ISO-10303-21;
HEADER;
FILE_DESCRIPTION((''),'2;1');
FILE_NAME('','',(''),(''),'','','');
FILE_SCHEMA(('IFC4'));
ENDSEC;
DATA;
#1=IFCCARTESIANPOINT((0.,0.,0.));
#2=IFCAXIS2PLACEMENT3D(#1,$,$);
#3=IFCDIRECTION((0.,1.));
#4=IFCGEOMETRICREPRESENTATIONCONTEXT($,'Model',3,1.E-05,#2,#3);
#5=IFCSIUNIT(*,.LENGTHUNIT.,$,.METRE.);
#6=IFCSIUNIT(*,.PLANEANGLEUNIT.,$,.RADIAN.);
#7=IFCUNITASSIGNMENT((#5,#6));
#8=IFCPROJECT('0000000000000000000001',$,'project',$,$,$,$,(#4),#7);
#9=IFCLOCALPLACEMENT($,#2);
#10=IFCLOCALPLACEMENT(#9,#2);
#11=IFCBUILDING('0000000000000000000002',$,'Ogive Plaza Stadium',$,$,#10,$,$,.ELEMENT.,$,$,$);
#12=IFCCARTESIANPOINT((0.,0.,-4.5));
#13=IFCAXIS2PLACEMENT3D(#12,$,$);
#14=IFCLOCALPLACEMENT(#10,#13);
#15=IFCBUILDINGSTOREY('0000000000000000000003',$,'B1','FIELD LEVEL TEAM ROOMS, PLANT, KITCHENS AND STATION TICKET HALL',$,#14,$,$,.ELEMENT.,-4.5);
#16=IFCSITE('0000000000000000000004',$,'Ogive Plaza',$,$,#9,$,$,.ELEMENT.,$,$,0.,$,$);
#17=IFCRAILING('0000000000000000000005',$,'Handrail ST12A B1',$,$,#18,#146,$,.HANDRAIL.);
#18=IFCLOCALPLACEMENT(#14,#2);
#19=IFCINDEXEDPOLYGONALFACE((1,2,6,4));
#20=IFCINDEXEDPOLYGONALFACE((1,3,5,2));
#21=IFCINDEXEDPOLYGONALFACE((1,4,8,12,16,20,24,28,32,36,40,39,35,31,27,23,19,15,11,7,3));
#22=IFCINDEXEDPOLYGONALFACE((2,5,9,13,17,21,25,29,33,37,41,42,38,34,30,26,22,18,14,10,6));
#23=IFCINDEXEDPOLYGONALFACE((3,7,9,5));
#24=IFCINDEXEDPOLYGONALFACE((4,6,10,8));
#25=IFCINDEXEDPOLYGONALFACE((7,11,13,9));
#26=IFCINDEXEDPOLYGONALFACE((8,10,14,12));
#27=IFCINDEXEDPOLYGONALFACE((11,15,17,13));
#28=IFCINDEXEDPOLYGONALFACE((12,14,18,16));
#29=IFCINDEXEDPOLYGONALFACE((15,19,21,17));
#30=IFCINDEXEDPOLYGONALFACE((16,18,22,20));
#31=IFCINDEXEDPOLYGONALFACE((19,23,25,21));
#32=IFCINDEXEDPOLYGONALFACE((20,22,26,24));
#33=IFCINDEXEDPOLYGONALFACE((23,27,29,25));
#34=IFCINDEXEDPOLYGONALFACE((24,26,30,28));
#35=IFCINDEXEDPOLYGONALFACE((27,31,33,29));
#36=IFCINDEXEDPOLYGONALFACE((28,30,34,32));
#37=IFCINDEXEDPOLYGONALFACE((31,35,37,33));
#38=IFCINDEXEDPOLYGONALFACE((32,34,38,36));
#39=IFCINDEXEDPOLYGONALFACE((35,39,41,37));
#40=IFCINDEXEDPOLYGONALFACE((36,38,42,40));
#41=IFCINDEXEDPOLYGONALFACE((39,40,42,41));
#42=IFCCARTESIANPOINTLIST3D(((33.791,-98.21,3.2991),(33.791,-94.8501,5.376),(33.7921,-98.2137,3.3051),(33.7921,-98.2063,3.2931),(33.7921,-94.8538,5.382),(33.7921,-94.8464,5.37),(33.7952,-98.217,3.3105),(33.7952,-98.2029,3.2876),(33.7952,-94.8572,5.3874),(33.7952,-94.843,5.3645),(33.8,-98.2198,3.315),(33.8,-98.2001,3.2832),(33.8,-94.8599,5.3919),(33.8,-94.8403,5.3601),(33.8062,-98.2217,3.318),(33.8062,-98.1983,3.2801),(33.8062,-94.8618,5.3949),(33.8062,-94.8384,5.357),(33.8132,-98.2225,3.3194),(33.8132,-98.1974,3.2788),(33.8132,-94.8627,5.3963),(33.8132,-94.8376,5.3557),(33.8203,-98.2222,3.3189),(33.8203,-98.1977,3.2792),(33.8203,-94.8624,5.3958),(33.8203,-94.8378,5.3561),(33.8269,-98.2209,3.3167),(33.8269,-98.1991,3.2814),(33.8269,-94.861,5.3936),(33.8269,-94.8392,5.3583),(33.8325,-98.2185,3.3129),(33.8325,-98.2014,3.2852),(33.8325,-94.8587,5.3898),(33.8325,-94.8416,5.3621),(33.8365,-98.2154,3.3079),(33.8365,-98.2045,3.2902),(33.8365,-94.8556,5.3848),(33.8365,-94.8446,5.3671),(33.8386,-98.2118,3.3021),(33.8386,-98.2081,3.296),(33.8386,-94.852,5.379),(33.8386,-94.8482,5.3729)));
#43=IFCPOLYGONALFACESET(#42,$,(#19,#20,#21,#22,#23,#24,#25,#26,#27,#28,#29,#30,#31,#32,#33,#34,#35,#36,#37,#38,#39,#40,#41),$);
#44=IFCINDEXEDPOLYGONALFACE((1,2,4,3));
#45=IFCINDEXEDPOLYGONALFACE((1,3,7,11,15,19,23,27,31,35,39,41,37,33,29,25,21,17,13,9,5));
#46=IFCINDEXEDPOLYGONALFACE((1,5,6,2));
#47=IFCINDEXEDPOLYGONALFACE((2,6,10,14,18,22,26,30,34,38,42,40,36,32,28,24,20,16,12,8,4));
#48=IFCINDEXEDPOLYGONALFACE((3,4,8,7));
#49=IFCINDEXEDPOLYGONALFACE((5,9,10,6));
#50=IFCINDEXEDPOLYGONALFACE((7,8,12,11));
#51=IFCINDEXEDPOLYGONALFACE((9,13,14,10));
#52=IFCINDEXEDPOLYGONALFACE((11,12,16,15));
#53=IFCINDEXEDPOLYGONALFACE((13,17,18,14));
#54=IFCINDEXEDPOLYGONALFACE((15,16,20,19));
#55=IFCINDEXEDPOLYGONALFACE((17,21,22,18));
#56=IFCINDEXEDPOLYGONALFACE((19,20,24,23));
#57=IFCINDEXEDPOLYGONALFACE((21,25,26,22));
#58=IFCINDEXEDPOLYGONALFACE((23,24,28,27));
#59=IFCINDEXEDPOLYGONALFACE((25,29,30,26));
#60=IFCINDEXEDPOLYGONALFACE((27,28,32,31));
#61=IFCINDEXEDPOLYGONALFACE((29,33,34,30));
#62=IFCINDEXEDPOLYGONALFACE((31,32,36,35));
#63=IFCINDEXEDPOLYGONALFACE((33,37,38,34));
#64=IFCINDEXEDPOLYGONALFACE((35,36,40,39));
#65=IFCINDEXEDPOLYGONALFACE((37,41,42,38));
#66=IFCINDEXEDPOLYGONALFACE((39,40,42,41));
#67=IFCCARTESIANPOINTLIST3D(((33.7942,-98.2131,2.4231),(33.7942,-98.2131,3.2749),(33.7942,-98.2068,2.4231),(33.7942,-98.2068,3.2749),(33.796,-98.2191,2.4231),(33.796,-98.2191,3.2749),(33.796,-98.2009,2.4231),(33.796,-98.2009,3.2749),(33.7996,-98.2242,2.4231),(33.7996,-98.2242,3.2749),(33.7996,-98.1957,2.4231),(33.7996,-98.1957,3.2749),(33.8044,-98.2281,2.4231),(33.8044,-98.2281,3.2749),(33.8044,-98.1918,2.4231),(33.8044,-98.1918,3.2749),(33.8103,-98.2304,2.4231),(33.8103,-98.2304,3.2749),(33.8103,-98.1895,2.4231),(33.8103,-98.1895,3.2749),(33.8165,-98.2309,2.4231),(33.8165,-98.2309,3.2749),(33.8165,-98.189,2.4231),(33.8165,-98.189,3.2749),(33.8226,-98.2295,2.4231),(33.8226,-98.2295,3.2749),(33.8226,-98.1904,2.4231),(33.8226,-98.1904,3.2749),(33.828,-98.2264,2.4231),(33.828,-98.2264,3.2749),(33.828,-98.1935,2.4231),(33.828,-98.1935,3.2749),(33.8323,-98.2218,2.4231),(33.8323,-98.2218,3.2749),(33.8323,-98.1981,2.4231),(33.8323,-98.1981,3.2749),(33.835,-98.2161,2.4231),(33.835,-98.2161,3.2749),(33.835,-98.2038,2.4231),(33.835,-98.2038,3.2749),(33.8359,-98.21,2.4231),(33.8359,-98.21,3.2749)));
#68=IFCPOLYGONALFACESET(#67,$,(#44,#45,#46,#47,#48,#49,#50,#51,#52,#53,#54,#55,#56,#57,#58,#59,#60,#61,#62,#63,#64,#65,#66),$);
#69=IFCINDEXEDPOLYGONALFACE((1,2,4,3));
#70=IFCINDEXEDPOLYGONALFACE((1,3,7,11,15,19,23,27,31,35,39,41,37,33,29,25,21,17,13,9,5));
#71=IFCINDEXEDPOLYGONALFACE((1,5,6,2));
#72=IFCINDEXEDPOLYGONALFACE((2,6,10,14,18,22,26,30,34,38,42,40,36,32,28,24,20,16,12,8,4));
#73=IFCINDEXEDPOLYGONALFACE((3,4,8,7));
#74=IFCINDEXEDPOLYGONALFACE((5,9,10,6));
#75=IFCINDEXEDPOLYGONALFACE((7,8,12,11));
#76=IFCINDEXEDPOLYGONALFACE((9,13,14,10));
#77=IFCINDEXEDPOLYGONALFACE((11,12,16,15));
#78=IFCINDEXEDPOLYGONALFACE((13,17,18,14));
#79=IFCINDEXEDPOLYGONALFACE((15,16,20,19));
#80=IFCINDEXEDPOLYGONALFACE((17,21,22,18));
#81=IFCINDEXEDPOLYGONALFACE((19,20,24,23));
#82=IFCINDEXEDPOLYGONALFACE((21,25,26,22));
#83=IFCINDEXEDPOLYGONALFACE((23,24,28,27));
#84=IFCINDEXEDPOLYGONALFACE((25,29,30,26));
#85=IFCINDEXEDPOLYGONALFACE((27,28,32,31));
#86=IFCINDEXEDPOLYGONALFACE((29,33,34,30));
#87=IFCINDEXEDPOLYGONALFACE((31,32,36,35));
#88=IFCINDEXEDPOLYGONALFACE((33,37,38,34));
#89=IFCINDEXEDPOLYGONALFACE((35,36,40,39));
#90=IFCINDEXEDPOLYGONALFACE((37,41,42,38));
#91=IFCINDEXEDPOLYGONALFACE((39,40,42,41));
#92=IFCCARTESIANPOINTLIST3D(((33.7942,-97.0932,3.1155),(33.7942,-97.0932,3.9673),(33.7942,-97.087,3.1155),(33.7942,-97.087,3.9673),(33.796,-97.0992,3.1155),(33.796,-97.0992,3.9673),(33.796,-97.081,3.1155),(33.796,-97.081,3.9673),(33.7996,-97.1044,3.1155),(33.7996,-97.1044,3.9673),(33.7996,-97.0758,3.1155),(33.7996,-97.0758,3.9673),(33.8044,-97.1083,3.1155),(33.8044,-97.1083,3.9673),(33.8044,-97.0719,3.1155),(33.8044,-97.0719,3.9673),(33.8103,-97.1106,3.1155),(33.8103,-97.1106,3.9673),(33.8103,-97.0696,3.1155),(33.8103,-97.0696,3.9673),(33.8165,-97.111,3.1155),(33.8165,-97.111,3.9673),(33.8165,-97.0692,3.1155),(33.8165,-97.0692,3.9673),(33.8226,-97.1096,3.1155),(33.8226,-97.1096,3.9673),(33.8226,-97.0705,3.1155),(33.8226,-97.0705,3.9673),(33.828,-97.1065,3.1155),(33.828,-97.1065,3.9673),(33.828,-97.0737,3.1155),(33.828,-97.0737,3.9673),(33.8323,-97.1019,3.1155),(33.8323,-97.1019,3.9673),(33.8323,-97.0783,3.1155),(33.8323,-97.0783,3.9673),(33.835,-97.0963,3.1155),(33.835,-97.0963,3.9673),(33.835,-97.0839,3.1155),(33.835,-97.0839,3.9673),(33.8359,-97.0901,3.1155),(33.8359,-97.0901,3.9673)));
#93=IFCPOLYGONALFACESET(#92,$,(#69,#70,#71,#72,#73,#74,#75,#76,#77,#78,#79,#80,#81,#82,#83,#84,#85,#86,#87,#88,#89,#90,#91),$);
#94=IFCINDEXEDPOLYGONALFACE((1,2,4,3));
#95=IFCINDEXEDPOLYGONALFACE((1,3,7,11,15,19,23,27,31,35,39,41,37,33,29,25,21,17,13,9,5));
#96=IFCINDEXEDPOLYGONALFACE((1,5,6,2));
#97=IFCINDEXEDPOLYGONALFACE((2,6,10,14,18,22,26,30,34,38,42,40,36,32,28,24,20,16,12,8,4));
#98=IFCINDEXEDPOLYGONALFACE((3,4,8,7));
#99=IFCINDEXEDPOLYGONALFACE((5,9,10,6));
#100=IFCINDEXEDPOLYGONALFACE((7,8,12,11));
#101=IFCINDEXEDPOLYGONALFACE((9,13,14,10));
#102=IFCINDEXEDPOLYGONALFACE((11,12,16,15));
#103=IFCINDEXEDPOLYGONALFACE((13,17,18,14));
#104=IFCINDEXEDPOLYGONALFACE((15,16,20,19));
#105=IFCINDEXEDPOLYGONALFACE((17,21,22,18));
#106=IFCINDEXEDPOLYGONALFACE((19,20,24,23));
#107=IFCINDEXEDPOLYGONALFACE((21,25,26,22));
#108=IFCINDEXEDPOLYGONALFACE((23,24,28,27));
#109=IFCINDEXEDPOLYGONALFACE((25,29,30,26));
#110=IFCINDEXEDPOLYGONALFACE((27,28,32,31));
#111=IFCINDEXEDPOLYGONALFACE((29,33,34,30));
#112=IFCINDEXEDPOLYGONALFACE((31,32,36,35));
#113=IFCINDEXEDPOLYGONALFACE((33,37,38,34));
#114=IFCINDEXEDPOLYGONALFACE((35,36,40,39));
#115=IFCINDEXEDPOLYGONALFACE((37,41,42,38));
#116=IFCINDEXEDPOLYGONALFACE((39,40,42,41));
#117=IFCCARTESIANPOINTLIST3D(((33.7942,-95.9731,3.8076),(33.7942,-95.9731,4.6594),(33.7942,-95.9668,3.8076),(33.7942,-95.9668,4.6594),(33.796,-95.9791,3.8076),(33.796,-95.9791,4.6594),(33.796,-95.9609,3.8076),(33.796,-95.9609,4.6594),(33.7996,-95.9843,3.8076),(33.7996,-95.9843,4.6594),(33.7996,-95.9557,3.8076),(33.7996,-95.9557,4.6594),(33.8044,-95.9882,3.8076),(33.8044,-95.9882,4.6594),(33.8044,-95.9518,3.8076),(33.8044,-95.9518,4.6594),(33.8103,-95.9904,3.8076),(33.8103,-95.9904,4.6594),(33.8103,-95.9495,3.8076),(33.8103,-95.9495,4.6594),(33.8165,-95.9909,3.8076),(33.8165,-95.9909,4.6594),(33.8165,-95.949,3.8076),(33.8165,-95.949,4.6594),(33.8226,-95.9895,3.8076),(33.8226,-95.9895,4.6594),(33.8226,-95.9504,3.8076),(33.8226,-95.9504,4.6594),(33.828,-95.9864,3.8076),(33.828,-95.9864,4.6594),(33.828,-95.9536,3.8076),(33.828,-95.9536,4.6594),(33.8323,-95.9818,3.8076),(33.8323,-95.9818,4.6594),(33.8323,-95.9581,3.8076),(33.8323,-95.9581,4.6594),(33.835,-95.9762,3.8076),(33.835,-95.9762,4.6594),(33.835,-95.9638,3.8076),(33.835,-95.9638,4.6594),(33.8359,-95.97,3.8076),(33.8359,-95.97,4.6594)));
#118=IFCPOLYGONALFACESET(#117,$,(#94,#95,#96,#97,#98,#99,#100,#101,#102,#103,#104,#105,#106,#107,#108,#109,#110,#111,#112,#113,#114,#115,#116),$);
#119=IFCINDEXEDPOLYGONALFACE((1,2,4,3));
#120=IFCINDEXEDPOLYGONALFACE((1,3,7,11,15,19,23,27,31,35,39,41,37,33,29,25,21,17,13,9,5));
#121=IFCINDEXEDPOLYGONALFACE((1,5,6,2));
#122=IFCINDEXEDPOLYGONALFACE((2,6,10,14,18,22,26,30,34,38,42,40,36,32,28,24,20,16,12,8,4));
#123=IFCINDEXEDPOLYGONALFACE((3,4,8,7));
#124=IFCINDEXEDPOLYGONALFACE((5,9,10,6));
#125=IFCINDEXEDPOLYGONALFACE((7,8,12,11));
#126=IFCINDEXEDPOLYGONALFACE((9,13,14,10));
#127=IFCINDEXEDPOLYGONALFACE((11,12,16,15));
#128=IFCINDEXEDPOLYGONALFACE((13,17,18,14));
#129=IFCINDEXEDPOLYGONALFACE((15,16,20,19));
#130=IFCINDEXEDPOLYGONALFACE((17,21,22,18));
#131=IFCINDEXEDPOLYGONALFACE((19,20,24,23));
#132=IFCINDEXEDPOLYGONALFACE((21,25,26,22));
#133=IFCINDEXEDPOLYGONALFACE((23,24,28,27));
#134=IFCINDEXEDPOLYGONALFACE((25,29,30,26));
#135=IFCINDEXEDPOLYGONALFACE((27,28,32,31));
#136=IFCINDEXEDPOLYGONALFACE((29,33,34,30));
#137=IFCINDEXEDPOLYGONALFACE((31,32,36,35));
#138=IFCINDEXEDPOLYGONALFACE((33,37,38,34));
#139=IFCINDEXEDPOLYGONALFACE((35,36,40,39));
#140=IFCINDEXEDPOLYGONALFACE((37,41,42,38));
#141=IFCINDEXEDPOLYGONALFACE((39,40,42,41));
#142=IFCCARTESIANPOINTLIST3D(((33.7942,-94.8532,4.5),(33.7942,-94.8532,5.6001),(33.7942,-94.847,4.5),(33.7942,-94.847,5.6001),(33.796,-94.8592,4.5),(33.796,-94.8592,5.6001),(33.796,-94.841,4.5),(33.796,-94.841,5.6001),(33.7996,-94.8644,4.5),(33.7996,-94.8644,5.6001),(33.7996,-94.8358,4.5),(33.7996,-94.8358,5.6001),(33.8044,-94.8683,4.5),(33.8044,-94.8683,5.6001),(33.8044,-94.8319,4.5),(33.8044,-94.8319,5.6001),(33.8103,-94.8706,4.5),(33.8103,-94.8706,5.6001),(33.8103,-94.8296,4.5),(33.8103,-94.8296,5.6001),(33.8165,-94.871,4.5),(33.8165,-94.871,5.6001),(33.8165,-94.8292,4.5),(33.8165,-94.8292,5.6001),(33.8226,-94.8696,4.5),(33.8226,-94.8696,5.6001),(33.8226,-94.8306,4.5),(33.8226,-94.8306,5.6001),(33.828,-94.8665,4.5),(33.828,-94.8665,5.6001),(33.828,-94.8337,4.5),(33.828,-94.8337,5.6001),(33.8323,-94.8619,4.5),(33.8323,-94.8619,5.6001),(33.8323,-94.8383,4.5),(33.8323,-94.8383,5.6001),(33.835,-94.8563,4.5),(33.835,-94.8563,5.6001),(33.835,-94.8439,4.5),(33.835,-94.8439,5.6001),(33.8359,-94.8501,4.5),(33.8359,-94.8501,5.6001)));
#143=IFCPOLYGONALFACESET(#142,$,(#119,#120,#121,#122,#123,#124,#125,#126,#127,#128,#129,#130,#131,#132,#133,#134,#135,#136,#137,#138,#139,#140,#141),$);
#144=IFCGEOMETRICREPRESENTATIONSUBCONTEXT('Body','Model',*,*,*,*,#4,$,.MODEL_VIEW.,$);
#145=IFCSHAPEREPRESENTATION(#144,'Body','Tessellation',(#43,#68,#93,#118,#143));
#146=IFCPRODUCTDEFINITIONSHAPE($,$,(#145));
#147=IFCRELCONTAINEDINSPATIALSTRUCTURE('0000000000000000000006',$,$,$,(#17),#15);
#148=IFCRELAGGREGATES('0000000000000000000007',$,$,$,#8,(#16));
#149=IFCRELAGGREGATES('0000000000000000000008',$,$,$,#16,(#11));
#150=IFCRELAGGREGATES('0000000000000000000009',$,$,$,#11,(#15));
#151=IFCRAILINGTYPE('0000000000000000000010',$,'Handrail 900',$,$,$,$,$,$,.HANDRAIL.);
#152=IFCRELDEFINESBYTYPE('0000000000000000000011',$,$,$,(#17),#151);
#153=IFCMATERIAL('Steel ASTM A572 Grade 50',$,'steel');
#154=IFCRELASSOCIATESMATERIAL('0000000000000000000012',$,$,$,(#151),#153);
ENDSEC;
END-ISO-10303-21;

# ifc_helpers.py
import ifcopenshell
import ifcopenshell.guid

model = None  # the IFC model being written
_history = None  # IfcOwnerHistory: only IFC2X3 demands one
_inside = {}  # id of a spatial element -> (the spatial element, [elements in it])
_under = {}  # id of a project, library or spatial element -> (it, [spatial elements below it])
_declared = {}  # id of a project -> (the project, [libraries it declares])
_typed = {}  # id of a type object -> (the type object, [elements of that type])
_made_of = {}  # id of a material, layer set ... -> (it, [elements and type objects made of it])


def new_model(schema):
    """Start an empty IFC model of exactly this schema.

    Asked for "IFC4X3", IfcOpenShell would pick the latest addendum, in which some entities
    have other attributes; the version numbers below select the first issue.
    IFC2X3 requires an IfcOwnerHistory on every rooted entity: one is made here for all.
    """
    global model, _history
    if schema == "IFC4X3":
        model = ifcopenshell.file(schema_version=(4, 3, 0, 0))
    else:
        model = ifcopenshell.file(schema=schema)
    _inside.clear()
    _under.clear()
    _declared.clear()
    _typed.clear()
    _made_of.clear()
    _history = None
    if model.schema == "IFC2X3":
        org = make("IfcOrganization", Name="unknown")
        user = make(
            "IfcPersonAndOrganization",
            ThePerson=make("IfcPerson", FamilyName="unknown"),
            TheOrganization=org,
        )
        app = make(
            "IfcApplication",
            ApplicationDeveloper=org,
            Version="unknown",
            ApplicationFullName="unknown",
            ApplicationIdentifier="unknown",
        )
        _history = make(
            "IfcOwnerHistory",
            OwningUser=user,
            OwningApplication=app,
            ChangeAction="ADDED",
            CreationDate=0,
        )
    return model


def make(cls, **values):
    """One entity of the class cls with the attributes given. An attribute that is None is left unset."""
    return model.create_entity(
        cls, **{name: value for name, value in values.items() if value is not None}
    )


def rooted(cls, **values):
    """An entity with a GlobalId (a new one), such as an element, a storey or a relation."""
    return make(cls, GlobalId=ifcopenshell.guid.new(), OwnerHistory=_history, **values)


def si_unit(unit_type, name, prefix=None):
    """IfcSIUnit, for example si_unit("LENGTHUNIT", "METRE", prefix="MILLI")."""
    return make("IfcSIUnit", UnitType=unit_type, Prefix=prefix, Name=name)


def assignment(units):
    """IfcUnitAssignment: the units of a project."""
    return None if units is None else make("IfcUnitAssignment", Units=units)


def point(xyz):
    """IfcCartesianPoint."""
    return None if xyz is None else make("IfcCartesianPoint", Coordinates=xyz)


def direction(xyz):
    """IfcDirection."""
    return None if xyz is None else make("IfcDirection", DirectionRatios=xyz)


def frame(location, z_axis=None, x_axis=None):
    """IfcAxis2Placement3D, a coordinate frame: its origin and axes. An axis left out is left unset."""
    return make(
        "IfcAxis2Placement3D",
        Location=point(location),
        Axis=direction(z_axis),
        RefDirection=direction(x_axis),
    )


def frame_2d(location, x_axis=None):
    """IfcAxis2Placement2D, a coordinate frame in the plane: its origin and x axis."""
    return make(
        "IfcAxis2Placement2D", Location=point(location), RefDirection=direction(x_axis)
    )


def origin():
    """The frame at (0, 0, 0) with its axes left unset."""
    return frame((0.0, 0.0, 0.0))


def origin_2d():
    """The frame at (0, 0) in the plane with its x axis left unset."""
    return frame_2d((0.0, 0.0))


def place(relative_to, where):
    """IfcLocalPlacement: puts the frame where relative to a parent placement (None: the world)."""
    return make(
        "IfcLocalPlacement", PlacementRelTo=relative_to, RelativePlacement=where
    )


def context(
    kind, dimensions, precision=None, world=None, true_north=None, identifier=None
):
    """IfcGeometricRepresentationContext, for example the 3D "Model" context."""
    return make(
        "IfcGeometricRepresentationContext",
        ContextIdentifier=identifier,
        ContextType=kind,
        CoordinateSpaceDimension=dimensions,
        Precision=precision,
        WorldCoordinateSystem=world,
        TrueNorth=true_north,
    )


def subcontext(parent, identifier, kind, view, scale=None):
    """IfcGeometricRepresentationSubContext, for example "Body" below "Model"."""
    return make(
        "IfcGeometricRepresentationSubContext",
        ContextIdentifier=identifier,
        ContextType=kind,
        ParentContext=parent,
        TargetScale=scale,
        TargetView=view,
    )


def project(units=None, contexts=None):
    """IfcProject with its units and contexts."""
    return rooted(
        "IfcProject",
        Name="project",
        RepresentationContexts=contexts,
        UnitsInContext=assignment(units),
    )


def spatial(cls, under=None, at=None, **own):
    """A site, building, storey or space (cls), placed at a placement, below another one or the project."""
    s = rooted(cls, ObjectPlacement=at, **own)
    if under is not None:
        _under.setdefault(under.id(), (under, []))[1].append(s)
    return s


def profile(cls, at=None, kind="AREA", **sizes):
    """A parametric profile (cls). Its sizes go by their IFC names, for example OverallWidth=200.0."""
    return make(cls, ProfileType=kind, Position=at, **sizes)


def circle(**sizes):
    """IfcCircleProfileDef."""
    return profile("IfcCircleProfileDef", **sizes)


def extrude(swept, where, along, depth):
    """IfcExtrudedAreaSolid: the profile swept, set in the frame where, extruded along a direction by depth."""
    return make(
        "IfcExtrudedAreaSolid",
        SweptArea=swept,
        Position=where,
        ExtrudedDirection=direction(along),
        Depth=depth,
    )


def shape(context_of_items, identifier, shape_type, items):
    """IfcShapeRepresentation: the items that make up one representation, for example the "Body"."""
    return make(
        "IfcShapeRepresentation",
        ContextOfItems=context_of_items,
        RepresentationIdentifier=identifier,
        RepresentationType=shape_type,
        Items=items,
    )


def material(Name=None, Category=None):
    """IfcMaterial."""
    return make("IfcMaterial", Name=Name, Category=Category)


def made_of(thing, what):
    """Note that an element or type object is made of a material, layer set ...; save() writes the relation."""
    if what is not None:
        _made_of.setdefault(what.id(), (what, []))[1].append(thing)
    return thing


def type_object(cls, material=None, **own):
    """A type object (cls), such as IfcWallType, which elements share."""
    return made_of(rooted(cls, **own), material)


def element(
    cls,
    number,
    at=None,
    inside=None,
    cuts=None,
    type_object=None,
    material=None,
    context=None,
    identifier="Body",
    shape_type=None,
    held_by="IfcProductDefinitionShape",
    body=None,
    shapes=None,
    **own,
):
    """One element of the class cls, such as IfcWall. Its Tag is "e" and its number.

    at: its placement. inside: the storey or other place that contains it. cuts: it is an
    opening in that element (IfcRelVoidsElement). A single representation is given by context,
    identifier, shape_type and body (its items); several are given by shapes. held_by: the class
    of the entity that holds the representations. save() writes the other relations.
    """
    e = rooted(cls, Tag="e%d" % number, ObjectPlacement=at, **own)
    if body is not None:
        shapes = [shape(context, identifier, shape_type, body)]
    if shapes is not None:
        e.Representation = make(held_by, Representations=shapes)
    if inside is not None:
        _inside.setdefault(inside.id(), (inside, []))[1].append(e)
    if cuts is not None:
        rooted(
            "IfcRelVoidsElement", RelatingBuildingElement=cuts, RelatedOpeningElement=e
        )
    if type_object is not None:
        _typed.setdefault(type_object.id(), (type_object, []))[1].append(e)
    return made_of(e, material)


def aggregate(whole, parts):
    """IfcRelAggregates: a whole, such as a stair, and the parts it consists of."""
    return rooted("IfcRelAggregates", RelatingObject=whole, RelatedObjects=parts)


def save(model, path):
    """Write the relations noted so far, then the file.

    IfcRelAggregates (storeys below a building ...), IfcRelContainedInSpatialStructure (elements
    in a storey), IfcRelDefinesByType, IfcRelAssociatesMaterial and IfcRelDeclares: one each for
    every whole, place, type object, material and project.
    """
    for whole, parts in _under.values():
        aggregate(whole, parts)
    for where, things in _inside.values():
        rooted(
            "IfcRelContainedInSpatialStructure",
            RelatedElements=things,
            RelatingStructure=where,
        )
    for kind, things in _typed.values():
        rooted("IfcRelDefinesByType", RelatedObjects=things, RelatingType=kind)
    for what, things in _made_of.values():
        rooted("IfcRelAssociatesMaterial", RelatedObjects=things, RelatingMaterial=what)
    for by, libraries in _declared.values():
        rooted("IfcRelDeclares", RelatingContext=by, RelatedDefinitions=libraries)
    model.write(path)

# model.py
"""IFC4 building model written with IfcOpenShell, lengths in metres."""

from ifc_helpers import new_model, si_unit, direction, frame, origin, origin_2d, place, context, subcontext, project, spatial, circle, extrude, material, type_object, element, save


model = new_model("IFC4")

# Units and contexts
model_context = context("Model", 3, precision=1e-05, world=origin(), true_north=direction((0.0, 1.0)))
body_context = subcontext(model_context, "Body", "Model", "MODEL_VIEW")
ifc_project = project(units=[si_unit("LENGTHUNIT", "METRE"), si_unit("PLANEANGLEUNIT", "RADIAN")], contexts=[model_context])

# Site, building, storey
site_placement = place(None, origin())
site = spatial("IfcSite", under=ifc_project, at=site_placement, Name="Ogive Plaza", CompositionType="ELEMENT", RefElevation=0.0)
building_placement = place(site_placement, origin())
building = spatial("IfcBuilding", under=site, at=building_placement, Name="Ogive Plaza Stadium", CompositionType="ELEMENT")
storey_placement = place(building_placement, frame((0.0, 0.0, -4.5)))
storey = spatial("IfcBuildingStorey", under=building, at=storey_placement, Name="B1", Description="FIELD LEVEL TEAM ROOMS, PLANT, KITCHENS AND STATION TICKET HALL", CompositionType="ELEMENT", Elevation=-4.5)

# Railing
ifc_material_1 = material(Name="Steel ASTM A572 Grade 50", Category="steel")
railing_type_1 = type_object("IfcRailingType", Name="Handrail 900", PredefinedType="HANDRAIL", material=ifc_material_1)
for number, where, name in (
    (1, (33.8149, -98.21, 2.4231), "Handrail ST12A B1"),
):
    element("IfcRailing", number, at=place(storey_placement, frame(where)), inside=storey, type_object=railing_type_1, Name=name, PredefinedType="HANDRAIL", context=body_context, shape_type="SweptSolid", body=[
        extrude(circle(Radius=0.0239, at=origin_2d()), frame((0.0, 0.0, 0.876), z_axis=(0.0, 0.850606, 0.525803), x_axis=(-1.0, 0.0, 0.0)), (0.0, 0.0, 1.0), 3.95),
        extrude(circle(Radius=0.021, at=origin_2d()), origin(), (0.0, 0.0, 1.0), 0.8518),
        extrude(circle(Radius=0.021, at=origin_2d()), frame((0.0, 1.1199, 0.6924)), (0.0, 0.0, 1.0), 0.8518),
        extrude(circle(Radius=0.021, at=origin_2d()), frame((0.0, 2.24, 1.3845)), (0.0, 0.0, 1.0), 0.8518),
        extrude(circle(Radius=0.021, at=origin_2d()), frame((0.0, 3.3599, 2.0769)), (0.0, 0.0, 1.0), 1.1001),
    ])

save(model, "model.ifc")
